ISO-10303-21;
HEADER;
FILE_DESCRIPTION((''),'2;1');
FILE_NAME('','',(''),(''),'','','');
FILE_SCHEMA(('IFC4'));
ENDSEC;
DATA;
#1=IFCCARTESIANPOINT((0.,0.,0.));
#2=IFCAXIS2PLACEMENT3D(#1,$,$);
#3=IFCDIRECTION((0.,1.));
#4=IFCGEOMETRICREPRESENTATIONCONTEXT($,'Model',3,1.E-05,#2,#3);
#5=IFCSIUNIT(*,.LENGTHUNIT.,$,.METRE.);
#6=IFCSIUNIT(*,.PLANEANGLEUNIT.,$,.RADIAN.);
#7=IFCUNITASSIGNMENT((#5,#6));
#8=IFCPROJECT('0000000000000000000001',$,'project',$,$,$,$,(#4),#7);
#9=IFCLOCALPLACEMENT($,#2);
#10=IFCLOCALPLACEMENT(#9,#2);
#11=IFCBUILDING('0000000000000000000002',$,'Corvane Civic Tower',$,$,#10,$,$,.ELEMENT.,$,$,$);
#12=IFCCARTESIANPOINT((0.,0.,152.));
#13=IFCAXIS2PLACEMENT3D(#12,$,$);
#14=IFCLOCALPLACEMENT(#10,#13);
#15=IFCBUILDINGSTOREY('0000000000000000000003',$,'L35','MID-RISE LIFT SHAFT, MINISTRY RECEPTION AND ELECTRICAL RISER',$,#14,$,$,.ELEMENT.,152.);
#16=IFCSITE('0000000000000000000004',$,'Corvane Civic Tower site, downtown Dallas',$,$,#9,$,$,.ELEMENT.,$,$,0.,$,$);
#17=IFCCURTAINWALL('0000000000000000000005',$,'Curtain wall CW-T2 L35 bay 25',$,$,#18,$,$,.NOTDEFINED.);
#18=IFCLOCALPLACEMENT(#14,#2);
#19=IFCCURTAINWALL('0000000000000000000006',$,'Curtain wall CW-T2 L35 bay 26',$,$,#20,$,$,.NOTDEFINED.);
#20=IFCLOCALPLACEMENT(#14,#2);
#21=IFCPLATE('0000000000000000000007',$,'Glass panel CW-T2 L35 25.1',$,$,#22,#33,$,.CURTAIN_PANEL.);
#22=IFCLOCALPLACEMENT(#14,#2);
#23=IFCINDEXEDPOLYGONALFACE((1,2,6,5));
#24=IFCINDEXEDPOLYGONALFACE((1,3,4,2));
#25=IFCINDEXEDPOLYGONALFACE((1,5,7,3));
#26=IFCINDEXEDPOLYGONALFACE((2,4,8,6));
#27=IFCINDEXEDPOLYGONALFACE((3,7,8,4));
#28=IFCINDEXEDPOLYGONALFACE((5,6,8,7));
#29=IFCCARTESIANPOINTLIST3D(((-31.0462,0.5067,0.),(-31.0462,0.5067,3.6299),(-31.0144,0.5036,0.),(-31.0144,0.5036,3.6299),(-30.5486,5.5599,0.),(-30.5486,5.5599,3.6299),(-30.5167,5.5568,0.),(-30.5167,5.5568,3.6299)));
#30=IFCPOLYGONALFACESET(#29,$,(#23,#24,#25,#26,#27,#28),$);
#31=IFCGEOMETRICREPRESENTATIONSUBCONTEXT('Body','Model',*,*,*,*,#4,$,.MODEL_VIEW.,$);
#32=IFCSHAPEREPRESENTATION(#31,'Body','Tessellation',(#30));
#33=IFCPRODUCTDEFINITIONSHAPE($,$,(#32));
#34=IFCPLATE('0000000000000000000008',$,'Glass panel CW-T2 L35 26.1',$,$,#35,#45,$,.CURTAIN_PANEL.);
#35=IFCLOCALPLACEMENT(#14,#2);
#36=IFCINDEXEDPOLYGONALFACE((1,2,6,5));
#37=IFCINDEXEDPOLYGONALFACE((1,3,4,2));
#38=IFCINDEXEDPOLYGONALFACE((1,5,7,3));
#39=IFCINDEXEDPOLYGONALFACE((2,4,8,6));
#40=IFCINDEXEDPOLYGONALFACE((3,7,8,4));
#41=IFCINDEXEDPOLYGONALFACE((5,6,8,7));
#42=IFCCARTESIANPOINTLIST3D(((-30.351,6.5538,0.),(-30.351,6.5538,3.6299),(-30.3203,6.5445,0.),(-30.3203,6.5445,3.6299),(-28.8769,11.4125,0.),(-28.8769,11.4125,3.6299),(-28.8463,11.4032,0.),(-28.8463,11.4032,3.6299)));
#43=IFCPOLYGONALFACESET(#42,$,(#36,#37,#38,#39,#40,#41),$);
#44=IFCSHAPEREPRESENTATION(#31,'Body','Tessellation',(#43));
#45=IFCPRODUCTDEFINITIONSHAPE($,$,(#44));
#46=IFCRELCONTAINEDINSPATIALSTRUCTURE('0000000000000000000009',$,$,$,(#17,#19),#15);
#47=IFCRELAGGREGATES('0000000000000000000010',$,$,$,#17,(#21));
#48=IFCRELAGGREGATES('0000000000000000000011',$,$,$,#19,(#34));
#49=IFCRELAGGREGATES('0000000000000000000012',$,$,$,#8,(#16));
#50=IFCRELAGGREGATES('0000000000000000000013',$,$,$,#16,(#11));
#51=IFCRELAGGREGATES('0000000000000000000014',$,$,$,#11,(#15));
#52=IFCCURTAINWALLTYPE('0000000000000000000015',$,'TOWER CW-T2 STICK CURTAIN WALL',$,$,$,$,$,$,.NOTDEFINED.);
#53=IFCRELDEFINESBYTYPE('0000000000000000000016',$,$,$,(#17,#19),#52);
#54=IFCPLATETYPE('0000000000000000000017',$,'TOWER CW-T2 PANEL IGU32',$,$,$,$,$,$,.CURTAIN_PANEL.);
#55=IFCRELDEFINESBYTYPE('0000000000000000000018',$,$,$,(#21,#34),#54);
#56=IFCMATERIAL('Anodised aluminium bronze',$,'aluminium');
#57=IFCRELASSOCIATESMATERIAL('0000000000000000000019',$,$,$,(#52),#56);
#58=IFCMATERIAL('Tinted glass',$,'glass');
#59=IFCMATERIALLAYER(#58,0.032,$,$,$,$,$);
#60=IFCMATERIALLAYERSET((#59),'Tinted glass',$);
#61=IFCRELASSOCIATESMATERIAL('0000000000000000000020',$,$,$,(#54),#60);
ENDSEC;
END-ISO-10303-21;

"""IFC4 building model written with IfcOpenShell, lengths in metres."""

from ifc_helpers import new_model, si_unit, direction, frame, origin, origin_2d, place, context, subcontext, project, spatial, rectangle, extrude, material, layer, layer_set, type_object, element, aggregate, save


model = new_model("IFC4")

# Units and contexts
model_context = context("Model", 3, precision=1e-05, world=origin(), true_north=direction((0.0, 1.0)))
body_context = subcontext(model_context, "Body", "Model", "MODEL_VIEW")
ifc_project = project(units=[si_unit("LENGTHUNIT", "METRE"), si_unit("PLANEANGLEUNIT", "RADIAN")], contexts=[model_context])

# Site, building, storey
site_placement = place(None, origin())
site = spatial("IfcSite", under=ifc_project, at=site_placement, Name="Corvane Civic Tower site, downtown Dallas", CompositionType="ELEMENT", RefElevation=0.0)
building_placement = place(site_placement, origin())
building = spatial("IfcBuilding", under=site, at=building_placement, Name="Corvane Civic Tower", CompositionType="ELEMENT")
storey_placement = place(building_placement, frame((0.0, 0.0, 152.0)))
storey = spatial("IfcBuildingStorey", under=building, at=storey_placement, Name="L35", Description="MID-RISE LIFT SHAFT, MINISTRY RECEPTION AND ELECTRICAL RISER", CompositionType="ELEMENT", Elevation=152.0)

# Curtain walls
ifc_material_1 = material(Name="Anodised aluminium bronze", Category="aluminium")
curtain_wall_type = type_object("IfcCurtainWallType", Name="TOWER CW-T2 STICK CURTAIN WALL", PredefinedType="NOTDEFINED", material=ifc_material_1)
curtain_wall_1_placement = place(storey_placement, origin())
curtain_wall_1 = element("IfcCurtainWall", 1, at=curtain_wall_1_placement, inside=storey, type_object=curtain_wall_type, Name="Curtain wall CW-T2 L35 bay 25", PredefinedType="NOTDEFINED")
curtain_wall_2_placement = place(storey_placement, origin())
curtain_wall_2 = element("IfcCurtainWall", 2, at=curtain_wall_2_placement, inside=storey, type_object=curtain_wall_type, Name="Curtain wall CW-T2 L35 bay 26", PredefinedType="NOTDEFINED")

# Plates
ifc_material_2 = material(Name="Tinted glass", Category="glass")
ifc_layer_1 = layer(ifc_material_2, 0.032)
ifc_layer_set_1 = layer_set([ifc_layer_1], Name="Tinted glass")
plate_type = type_object("IfcPlateType", Name="TOWER CW-T2 PANEL IGU32", PredefinedType="CURTAIN_PANEL", material=ifc_layer_set_1)
plate_1_placement = place(storey_placement, frame((-30.7815, 3.0317, 0.0), z_axis=(0.0, 0.0, 1.0), x_axis=(0.098012, 0.995185, 0.0)))
plate_1 = element("IfcPlate", 3, at=plate_1_placement, type_object=plate_type, Name="Glass panel CW-T2 L35 25.1", PredefinedType="CURTAIN_PANEL", context=body_context, shape_type="SweptSolid", body=[
    extrude(rectangle(XDim=5.0776, YDim=0.032, at=origin_2d()), origin(), (0.0, 0.0, 1.0), 3.6299),
])
aggregate(curtain_wall_1, [plate_1])
plate_2_placement = place(storey_placement, frame((-29.5986, 8.9785, 0.0), z_axis=(0.0, 0.0, 1.0), x_axis=(0.290313, 0.956932, 0.0)))
plate_2 = element("IfcPlate", 4, at=plate_2_placement, type_object=plate_type, Name="Glass panel CW-T2 L35 26.1", PredefinedType="CURTAIN_PANEL", context=body_context, shape_type="SweptSolid", body=[
    extrude(rectangle(XDim=5.0774, YDim=0.032, at=origin_2d()), origin(), (0.0, 0.0, 1.0), 3.6299),
])
aggregate(curtain_wall_2, [plate_2])

save(model, "model.ifc")
